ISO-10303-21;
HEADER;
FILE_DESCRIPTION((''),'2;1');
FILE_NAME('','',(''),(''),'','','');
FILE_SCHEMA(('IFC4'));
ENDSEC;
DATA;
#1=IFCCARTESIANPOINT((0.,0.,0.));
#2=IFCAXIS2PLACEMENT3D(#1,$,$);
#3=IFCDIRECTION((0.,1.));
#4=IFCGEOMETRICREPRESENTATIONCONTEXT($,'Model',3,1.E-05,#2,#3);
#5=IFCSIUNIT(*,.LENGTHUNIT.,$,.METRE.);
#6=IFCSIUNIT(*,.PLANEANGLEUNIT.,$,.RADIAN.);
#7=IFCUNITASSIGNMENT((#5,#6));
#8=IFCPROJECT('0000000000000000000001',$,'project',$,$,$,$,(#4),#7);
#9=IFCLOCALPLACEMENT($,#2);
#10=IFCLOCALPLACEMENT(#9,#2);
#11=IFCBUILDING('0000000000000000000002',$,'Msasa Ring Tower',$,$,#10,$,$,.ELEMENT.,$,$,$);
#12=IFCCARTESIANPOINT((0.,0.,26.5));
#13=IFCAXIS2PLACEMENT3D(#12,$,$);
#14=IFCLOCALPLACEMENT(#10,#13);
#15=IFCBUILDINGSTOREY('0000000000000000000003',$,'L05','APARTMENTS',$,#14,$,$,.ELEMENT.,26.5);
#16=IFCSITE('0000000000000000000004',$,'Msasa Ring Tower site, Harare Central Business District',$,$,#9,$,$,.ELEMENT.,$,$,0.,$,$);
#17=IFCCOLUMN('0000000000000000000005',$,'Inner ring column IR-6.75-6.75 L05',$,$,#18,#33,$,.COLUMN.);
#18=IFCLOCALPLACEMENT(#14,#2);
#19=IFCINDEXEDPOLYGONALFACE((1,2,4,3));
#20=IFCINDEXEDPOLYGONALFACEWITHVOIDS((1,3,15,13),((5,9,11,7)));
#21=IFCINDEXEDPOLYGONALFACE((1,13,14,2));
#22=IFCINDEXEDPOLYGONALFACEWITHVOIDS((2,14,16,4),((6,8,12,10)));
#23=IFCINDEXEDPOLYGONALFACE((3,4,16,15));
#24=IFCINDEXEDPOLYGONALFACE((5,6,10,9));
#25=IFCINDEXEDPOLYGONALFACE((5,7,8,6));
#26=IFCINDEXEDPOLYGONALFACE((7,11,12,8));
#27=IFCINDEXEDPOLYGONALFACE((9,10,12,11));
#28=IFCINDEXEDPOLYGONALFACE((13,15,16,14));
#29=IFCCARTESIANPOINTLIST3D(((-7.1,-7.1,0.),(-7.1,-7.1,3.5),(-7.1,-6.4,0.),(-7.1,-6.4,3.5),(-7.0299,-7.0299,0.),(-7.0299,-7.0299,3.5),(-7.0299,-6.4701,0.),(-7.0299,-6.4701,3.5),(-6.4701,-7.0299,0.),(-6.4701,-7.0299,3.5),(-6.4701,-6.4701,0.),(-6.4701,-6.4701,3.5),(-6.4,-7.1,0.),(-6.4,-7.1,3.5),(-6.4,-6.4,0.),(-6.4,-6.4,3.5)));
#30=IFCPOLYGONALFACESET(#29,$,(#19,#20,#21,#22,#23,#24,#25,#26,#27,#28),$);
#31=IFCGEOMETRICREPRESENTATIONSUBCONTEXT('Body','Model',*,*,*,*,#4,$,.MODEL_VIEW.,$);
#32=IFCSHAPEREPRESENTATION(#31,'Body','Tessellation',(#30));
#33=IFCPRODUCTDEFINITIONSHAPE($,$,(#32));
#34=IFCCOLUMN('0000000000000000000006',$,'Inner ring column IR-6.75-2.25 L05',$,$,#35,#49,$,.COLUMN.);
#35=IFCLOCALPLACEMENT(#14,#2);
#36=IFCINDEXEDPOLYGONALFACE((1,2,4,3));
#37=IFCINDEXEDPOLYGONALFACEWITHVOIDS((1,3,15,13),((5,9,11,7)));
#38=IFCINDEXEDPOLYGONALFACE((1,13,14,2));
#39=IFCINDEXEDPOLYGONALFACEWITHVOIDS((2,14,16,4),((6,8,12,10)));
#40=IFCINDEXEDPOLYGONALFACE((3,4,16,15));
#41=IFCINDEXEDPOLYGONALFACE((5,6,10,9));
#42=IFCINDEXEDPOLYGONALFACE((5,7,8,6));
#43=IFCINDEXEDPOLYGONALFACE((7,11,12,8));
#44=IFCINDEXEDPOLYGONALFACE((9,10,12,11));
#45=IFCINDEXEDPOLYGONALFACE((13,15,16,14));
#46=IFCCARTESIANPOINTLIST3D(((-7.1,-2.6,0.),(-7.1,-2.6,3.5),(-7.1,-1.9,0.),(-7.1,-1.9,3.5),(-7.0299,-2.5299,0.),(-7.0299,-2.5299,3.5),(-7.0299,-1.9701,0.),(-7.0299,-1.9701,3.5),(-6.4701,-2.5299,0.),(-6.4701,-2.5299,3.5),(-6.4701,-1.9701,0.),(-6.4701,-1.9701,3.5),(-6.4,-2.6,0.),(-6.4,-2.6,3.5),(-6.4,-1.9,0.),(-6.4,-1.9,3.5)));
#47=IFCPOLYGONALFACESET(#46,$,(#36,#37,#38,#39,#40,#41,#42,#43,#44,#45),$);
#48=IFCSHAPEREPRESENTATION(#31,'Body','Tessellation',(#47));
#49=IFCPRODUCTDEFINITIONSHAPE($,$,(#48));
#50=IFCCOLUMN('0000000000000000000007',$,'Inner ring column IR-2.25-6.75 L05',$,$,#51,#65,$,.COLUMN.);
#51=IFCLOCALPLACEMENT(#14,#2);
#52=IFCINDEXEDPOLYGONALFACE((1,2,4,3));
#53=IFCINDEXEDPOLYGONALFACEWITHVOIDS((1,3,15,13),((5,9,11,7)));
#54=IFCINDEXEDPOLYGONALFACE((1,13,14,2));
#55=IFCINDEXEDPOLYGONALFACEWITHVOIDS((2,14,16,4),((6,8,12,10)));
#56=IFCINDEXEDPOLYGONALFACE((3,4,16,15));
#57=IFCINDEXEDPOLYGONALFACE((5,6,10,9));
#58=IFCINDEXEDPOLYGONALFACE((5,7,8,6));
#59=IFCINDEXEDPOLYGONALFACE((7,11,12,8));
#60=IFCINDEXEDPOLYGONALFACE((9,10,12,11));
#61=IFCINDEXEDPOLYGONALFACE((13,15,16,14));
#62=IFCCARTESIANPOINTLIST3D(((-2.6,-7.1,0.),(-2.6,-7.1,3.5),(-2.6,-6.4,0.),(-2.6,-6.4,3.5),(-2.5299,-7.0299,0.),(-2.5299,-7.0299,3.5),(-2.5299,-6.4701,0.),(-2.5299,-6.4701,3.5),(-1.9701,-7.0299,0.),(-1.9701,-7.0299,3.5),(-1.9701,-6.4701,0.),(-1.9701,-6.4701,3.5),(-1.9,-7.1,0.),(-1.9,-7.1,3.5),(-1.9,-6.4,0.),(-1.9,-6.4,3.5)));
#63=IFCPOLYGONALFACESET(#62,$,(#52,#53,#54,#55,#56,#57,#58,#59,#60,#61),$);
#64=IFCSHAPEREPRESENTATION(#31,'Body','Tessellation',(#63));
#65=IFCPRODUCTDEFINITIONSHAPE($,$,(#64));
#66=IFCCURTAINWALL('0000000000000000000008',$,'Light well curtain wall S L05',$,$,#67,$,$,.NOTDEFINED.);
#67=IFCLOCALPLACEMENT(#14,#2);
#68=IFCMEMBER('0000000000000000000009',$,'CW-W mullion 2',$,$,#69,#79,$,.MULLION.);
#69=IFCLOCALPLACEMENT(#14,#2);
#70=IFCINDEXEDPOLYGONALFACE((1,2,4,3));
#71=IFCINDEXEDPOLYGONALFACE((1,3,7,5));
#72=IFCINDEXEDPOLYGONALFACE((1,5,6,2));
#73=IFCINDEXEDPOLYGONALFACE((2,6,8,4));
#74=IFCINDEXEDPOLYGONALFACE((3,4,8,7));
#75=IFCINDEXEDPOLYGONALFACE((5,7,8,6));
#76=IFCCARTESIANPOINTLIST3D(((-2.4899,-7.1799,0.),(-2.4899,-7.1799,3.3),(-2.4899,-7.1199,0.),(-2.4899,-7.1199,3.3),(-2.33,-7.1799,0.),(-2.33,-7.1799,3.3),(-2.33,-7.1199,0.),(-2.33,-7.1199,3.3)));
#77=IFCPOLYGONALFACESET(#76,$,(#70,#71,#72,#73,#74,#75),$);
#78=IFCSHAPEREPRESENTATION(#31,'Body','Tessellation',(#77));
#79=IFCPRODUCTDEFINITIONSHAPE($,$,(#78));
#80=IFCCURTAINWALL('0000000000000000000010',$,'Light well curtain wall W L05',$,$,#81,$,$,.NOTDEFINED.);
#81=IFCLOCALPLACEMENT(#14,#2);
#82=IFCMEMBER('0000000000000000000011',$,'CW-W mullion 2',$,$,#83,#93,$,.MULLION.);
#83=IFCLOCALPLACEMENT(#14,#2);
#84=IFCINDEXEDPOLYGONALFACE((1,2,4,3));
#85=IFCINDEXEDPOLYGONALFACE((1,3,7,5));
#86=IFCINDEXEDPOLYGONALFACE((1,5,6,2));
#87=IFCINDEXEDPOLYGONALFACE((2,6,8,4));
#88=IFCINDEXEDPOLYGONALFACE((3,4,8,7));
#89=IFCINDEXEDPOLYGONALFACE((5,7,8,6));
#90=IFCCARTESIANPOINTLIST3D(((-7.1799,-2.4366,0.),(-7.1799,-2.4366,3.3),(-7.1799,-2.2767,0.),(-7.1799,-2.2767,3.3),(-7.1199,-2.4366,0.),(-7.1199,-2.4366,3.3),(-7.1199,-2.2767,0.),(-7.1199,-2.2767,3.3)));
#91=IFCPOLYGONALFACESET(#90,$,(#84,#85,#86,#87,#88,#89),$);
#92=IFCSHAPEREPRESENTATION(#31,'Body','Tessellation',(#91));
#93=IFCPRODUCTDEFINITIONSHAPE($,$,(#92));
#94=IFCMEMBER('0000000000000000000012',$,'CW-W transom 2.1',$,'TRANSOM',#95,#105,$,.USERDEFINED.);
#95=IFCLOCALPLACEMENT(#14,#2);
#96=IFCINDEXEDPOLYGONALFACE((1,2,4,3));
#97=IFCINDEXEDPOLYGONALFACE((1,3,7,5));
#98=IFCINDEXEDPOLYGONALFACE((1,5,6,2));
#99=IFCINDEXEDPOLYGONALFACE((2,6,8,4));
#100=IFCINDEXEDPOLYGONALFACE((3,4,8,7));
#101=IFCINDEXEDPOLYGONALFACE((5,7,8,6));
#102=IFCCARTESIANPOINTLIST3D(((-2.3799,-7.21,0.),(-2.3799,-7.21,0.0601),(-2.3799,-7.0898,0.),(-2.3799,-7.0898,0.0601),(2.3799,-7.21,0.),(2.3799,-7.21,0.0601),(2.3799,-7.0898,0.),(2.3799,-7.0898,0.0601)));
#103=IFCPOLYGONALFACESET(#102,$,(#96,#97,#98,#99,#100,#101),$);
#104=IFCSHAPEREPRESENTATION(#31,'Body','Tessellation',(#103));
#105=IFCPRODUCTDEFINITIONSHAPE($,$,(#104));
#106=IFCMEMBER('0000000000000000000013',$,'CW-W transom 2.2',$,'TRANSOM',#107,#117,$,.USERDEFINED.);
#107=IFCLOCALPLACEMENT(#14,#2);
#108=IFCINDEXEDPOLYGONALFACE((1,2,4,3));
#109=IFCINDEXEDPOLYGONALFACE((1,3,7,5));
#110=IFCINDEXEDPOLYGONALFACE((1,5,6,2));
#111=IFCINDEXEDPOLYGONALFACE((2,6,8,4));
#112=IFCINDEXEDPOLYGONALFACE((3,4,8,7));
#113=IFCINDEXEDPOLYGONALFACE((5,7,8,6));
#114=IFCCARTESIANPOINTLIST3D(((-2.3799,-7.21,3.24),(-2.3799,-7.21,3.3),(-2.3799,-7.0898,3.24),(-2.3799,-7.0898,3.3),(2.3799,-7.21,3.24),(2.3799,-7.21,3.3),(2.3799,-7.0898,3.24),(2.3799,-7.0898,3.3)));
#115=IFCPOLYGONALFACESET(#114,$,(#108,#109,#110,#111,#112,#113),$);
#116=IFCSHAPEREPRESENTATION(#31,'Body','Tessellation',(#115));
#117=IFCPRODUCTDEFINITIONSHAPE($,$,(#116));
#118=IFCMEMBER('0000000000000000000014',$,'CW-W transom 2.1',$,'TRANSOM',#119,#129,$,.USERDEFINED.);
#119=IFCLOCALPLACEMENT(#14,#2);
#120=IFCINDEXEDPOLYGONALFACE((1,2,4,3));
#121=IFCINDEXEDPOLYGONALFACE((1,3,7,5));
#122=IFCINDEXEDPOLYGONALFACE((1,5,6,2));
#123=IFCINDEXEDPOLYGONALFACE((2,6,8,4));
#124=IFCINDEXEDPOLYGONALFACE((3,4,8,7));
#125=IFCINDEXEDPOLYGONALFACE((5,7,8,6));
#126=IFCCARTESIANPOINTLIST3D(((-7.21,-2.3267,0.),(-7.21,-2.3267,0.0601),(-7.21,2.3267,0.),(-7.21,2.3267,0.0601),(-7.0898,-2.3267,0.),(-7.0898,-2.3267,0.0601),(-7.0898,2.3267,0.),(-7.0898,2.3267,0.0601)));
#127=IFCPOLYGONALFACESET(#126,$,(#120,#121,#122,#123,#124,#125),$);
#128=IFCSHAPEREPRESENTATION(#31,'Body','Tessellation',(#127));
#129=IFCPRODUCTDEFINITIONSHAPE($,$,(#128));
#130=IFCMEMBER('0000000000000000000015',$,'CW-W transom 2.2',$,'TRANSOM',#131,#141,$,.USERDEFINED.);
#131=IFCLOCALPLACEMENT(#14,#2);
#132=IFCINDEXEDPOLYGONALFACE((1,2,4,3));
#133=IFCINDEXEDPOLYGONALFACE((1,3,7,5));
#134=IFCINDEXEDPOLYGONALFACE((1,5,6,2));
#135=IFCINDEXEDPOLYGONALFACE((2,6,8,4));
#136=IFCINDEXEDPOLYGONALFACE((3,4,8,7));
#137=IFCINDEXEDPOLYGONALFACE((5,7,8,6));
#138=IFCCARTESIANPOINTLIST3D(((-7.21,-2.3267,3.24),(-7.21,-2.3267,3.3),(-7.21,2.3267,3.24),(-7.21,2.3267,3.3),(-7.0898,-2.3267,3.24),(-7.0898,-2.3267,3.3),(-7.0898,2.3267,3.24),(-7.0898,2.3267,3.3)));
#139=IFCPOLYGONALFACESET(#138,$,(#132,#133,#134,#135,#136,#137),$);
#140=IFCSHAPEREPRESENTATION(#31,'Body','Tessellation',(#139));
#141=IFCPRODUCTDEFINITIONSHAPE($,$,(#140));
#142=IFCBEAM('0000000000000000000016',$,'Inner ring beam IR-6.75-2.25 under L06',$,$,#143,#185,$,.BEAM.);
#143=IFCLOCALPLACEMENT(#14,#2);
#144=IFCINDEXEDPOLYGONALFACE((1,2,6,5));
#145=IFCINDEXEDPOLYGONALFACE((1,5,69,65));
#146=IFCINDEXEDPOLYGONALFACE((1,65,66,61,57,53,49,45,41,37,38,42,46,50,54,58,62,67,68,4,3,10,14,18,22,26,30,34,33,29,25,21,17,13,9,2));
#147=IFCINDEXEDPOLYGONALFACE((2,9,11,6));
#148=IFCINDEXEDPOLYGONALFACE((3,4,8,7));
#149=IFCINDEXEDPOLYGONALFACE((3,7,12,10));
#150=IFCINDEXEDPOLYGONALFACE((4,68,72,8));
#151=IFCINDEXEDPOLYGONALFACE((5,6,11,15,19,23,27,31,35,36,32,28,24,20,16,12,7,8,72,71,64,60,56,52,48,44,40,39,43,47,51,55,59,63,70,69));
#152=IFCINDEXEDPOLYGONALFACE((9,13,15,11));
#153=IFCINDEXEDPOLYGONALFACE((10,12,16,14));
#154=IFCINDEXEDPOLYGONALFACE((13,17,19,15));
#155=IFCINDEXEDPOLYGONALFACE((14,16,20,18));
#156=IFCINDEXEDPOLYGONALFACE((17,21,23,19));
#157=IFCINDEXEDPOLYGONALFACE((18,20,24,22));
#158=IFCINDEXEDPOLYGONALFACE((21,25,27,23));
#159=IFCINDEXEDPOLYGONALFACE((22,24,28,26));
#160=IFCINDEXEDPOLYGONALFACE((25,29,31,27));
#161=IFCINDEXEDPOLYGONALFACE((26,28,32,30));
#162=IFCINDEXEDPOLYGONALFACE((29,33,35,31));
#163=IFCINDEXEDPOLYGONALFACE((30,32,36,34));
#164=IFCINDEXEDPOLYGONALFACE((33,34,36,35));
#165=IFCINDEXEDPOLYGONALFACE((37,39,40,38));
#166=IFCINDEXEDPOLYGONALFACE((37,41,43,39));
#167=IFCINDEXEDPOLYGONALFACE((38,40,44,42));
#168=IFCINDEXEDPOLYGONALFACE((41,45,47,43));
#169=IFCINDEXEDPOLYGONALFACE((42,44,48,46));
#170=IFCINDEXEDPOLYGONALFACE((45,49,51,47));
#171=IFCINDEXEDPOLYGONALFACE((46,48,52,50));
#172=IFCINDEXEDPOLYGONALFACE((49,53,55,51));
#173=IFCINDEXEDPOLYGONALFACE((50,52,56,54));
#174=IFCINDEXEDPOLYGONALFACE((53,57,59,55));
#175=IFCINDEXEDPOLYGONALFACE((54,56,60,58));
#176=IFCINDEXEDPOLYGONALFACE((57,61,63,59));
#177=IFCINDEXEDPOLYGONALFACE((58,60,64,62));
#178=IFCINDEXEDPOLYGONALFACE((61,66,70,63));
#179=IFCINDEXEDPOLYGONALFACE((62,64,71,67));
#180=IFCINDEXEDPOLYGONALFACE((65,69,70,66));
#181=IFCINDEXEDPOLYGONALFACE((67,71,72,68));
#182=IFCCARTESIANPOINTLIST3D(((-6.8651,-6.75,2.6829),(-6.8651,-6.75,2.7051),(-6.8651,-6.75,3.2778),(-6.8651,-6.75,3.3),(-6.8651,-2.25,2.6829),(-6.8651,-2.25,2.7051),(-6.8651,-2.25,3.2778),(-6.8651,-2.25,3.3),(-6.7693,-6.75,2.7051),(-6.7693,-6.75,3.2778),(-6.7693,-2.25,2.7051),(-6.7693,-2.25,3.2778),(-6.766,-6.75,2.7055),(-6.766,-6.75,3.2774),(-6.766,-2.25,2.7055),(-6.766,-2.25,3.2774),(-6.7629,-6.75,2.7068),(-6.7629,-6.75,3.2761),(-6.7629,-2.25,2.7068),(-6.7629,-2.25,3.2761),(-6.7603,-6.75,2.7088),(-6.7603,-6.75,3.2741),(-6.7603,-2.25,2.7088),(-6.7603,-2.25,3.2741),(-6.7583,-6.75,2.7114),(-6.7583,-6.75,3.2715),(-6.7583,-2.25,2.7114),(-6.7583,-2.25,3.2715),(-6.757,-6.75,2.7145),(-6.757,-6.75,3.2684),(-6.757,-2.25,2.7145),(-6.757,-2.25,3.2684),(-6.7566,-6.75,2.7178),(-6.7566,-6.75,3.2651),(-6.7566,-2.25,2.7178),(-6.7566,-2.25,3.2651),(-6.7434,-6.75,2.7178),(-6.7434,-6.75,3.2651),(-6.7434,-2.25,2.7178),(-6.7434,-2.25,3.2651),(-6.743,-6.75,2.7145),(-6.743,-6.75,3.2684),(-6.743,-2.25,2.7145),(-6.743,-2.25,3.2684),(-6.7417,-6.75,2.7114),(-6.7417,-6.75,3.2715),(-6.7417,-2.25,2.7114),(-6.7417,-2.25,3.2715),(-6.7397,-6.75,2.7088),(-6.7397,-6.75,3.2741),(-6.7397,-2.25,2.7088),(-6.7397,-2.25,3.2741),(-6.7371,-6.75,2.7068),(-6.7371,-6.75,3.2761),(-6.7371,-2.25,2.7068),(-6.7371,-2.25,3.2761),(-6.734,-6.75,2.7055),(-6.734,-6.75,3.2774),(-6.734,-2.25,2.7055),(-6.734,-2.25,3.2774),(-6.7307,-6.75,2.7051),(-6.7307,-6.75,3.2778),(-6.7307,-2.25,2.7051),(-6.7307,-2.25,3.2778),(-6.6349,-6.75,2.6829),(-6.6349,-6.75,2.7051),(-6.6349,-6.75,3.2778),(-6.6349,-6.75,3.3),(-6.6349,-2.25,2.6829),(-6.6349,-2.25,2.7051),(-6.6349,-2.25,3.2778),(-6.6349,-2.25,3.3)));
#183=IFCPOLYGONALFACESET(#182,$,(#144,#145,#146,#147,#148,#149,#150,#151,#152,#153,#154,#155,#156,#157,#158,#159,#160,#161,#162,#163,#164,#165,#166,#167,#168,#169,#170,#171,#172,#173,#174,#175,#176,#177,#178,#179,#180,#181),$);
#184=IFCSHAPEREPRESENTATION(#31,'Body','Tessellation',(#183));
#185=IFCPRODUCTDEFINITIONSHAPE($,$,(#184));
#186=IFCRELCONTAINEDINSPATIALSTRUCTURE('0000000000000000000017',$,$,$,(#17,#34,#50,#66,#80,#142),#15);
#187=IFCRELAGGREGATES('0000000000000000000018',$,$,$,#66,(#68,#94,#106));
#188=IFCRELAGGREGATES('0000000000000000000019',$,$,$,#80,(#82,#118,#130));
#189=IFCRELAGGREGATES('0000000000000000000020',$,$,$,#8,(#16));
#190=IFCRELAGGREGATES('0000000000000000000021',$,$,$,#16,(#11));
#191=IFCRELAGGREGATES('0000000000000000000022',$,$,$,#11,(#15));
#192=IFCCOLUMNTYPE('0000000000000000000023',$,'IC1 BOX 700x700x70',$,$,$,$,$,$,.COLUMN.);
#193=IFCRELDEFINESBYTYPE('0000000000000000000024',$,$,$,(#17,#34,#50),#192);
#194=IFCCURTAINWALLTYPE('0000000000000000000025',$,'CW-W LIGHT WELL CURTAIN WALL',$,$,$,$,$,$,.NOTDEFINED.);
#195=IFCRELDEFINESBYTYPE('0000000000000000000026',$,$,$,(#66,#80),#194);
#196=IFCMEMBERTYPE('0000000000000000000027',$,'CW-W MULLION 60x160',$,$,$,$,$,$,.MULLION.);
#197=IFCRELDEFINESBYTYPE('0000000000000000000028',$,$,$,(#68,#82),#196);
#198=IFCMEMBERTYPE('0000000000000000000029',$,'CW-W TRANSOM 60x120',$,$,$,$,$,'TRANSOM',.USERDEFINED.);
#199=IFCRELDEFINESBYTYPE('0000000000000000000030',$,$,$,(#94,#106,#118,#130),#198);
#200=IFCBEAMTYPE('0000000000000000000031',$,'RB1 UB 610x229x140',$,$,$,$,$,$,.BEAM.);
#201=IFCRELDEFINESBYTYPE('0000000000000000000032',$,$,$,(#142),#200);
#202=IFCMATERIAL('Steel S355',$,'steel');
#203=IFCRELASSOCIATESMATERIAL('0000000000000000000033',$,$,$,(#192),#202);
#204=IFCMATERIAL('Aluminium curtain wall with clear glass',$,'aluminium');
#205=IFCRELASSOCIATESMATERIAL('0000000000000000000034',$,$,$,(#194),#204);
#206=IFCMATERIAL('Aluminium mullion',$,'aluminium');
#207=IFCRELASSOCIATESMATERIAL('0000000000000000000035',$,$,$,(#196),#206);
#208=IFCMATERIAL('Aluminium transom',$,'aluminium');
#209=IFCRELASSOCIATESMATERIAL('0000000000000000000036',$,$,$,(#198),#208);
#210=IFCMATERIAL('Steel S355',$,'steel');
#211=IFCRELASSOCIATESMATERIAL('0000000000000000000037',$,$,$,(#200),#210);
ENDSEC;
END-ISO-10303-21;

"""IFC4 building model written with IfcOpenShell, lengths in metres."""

from ifc_helpers import new_model, si_unit, direction, frame, origin, origin_2d, place, context, subcontext, project, spatial, rectangle, hollow_rectangle, i_section, extrude, material, material_profile, profile_set, type_object, element, aggregate, save


model = new_model("IFC4")

# Units and contexts
model_context = context("Model", 3, precision=1e-05, world=origin(), true_north=direction((0.0, 1.0)))
body_context = subcontext(model_context, "Body", "Model", "MODEL_VIEW")
ifc_project = project(units=[si_unit("LENGTHUNIT", "METRE"), si_unit("PLANEANGLEUNIT", "RADIAN")], contexts=[model_context])

# Site, building, storey
site_placement = place(None, origin())
site = spatial("IfcSite", under=ifc_project, at=site_placement, Name="Msasa Ring Tower site, Harare Central Business District", CompositionType="ELEMENT", RefElevation=0.0)
building_placement = place(site_placement, origin())
building = spatial("IfcBuilding", under=site, at=building_placement, Name="Msasa Ring Tower", CompositionType="ELEMENT")
storey_placement = place(building_placement, frame((0.0, 0.0, 26.5)))
storey = spatial("IfcBuildingStorey", under=building, at=storey_placement, Name="L05", Description="APARTMENTS", CompositionType="ELEMENT", Elevation=26.5)

# Columns
ifc_material_1 = material(Name="Steel S355", Category="steel")
ifc_material_profile_1 = material_profile(ifc_material_1, hollow_rectangle(XDim=0.7, YDim=0.7, WallThickness=0.0701, at=origin_2d()), Name="BOX 700x700x70")
ifc_profile_set_1 = profile_set([ifc_material_profile_1], Name="Steel S355")
column_type = type_object("IfcColumnType", Name="IC1 BOX 700x700x70", PredefinedType="COLUMN", material=ifc_profile_set_1)
for number, where, z_axis, x_axis, name in (
    (1, (-6.75, -6.75, 0.0), (0.0, 0.0, 1.0), (1.0, 0.0, 0.0), "Inner ring column IR-6.75-6.75 L05"),
    (2, (-6.75, -2.25, 0.0), (0.0, 0.0, 1.0), (1.0, 0.0, 0.0), "Inner ring column IR-6.75-2.25 L05"),
    (3, (-2.25, -6.75, 0.0), (0.0, 0.0, 1.0), (1.0, 0.0, 0.0), "Inner ring column IR-2.25-6.75 L05"),
):
    element("IfcColumn", number, at=place(storey_placement, frame(where, z_axis=z_axis, x_axis=x_axis)), inside=storey, type_object=column_type, Name=name, PredefinedType="COLUMN", context=body_context, shape_type="SweptSolid", body=[
        extrude(hollow_rectangle(XDim=0.7, YDim=0.7, WallThickness=0.0701, at=origin_2d()), origin(), (0.0, 0.0, 1.0), 3.5),
    ])

# Curtain walls, members
ifc_material_2 = material(Name="Aluminium curtain wall with clear glass", Category="aluminium")
curtain_wall_type = type_object("IfcCurtainWallType", Name="CW-W LIGHT WELL CURTAIN WALL", PredefinedType="NOTDEFINED", material=ifc_material_2)
curtain_wall_1_placement = place(storey_placement, origin())
curtain_wall_1 = element("IfcCurtainWall", 4, at=curtain_wall_1_placement, inside=storey, type_object=curtain_wall_type, Name="Light well curtain wall S L05", PredefinedType="NOTDEFINED")
ifc_material_3 = material(Name="Aluminium mullion", Category="aluminium")
ifc_material_profile_2 = material_profile(ifc_material_3, rectangle(XDim=0.0601, YDim=0.1599, at=origin_2d()), Name="AL 60x160")
ifc_profile_set_2 = profile_set([ifc_material_profile_2], Name="Aluminium mullion")
member_type_1 = type_object("IfcMemberType", Name="CW-W MULLION 60x160", PredefinedType="MULLION", material=ifc_profile_set_2)
member_1_placement = place(storey_placement, frame((-2.4099, -7.1499, 0.0), z_axis=(0.0, 0.0, 1.0), x_axis=(0.0, 1.0, 0.0)))
member_1 = element("IfcMember", 5, at=member_1_placement, type_object=member_type_1, Name="CW-W mullion 2", PredefinedType="MULLION", context=body_context, shape_type="SweptSolid", body=[
    extrude(rectangle(XDim=0.0601, YDim=0.1599, at=origin_2d()), origin(), (0.0, 0.0, 1.0), 3.3),
])
curtain_wall_2_placement = place(storey_placement, origin())
curtain_wall_2 = element("IfcCurtainWall", 6, at=curtain_wall_2_placement, inside=storey, type_object=curtain_wall_type, Name="Light well curtain wall W L05", PredefinedType="NOTDEFINED")
member_2_placement = place(storey_placement, frame((-7.1499, -2.3567, 0.0), z_axis=(0.0, 0.0, 1.0), x_axis=(-1.0, 0.0, 0.0)))
member_2 = element("IfcMember", 7, at=member_2_placement, type_object=member_type_1, Name="CW-W mullion 2", PredefinedType="MULLION", context=body_context, shape_type="SweptSolid", body=[
    extrude(rectangle(XDim=0.0601, YDim=0.1599, at=origin_2d()), origin(), (0.0, 0.0, 1.0), 3.3),
])

# Members
ifc_material_4 = material(Name="Aluminium transom", Category="aluminium")
ifc_material_profile_3 = material_profile(ifc_material_4, rectangle(XDim=0.1201, YDim=0.0601, at=origin_2d()), Name="AL 60x120")
ifc_profile_set_3 = profile_set([ifc_material_profile_3], Name="Aluminium transom")
member_type_2 = type_object("IfcMemberType", Name="CW-W TRANSOM 60x120", ElementType="TRANSOM", PredefinedType="USERDEFINED", material=ifc_profile_set_3)
member_3_placement = place(storey_placement, frame((-2.3799, -7.1499, 0.03), z_axis=(1.0, 0.0, 0.0), x_axis=(0.0, 1.0, 0.0)))
member_3 = element("IfcMember", 8, at=member_3_placement, type_object=member_type_2, Name="CW-W transom 2.1", ObjectType="TRANSOM", PredefinedType="USERDEFINED", context=body_context, shape_type="SweptSolid", body=[
    extrude(rectangle(XDim=0.1201, YDim=0.0601, at=origin_2d()), origin(), (0.0, 0.0, 1.0), 4.7598),
])
member_4_placement = place(storey_placement, frame((-2.3799, -7.1499, 3.27), z_axis=(1.0, 0.0, 0.0), x_axis=(0.0, 1.0, 0.0)))
member_4 = element("IfcMember", 9, at=member_4_placement, type_object=member_type_2, Name="CW-W transom 2.2", ObjectType="TRANSOM", PredefinedType="USERDEFINED", context=body_context, shape_type="SweptSolid", body=[
    extrude(rectangle(XDim=0.1201, YDim=0.0601, at=origin_2d()), origin(), (0.0, 0.0, 1.0), 4.7598),
])
member_5_placement = place(storey_placement, frame((-7.1499, -2.3267, 0.03), z_axis=(0.0, 1.0, 0.0), x_axis=(-1.0, 0.0, 0.0)))
member_5 = element("IfcMember", 10, at=member_5_placement, type_object=member_type_2, Name="CW-W transom 2.1", ObjectType="TRANSOM", PredefinedType="USERDEFINED", context=body_context, shape_type="SweptSolid", body=[
    extrude(rectangle(XDim=0.1201, YDim=0.0601, at=origin_2d()), origin(), (0.0, 0.0, 1.0), 4.6533),
])
member_6_placement = place(storey_placement, frame((-7.1499, -2.3267, 3.27), z_axis=(0.0, 1.0, 0.0), x_axis=(-1.0, 0.0, 0.0)))
member_6 = element("IfcMember", 11, at=member_6_placement, type_object=member_type_2, Name="CW-W transom 2.2", ObjectType="TRANSOM", PredefinedType="USERDEFINED", context=body_context, shape_type="SweptSolid", body=[
    extrude(rectangle(XDim=0.1201, YDim=0.0601, at=origin_2d()), origin(), (0.0, 0.0, 1.0), 4.6533),
])

# Beam
ifc_material_5 = material(Name="Steel S355", Category="steel")
ifc_material_profile_4 = material_profile(ifc_material_5, i_section(OverallWidth=0.2302, OverallDepth=0.6172, WebThickness=0.0132, FlangeThickness=0.0222, FilletRadius=0.0127, at=origin_2d()), Name="UB 610x229x140")
ifc_profile_set_4 = profile_set([ifc_material_profile_4], Name="Steel S355")
beam_type = type_object("IfcBeamType", Name="RB1 UB 610x229x140", PredefinedType="BEAM", material=ifc_profile_set_4)
for number, where, z_axis, x_axis, name in (
    (12, (-6.75, -2.25, 2.9915), (0.0, -1.0, 0.0), (1.0, 0.0, 0.0), "Inner ring beam IR-6.75-2.25 under L06"),
):
    element("IfcBeam", number, at=place(storey_placement, frame(where, z_axis=z_axis, x_axis=x_axis)), inside=storey, type_object=beam_type, Name=name, PredefinedType="BEAM", context=body_context, shape_type="SweptSolid", body=[
        extrude(i_section(OverallWidth=0.2302, OverallDepth=0.6172, WebThickness=0.0132, FlangeThickness=0.0222, FilletRadius=0.0127, at=origin_2d()), origin(), (0.0, 0.0, 1.0), 4.5),
    ])

aggregate(curtain_wall_1, [member_1, member_3, member_4])
aggregate(curtain_wall_2, [member_2, member_5, member_6])

save(model, "model.ifc")
